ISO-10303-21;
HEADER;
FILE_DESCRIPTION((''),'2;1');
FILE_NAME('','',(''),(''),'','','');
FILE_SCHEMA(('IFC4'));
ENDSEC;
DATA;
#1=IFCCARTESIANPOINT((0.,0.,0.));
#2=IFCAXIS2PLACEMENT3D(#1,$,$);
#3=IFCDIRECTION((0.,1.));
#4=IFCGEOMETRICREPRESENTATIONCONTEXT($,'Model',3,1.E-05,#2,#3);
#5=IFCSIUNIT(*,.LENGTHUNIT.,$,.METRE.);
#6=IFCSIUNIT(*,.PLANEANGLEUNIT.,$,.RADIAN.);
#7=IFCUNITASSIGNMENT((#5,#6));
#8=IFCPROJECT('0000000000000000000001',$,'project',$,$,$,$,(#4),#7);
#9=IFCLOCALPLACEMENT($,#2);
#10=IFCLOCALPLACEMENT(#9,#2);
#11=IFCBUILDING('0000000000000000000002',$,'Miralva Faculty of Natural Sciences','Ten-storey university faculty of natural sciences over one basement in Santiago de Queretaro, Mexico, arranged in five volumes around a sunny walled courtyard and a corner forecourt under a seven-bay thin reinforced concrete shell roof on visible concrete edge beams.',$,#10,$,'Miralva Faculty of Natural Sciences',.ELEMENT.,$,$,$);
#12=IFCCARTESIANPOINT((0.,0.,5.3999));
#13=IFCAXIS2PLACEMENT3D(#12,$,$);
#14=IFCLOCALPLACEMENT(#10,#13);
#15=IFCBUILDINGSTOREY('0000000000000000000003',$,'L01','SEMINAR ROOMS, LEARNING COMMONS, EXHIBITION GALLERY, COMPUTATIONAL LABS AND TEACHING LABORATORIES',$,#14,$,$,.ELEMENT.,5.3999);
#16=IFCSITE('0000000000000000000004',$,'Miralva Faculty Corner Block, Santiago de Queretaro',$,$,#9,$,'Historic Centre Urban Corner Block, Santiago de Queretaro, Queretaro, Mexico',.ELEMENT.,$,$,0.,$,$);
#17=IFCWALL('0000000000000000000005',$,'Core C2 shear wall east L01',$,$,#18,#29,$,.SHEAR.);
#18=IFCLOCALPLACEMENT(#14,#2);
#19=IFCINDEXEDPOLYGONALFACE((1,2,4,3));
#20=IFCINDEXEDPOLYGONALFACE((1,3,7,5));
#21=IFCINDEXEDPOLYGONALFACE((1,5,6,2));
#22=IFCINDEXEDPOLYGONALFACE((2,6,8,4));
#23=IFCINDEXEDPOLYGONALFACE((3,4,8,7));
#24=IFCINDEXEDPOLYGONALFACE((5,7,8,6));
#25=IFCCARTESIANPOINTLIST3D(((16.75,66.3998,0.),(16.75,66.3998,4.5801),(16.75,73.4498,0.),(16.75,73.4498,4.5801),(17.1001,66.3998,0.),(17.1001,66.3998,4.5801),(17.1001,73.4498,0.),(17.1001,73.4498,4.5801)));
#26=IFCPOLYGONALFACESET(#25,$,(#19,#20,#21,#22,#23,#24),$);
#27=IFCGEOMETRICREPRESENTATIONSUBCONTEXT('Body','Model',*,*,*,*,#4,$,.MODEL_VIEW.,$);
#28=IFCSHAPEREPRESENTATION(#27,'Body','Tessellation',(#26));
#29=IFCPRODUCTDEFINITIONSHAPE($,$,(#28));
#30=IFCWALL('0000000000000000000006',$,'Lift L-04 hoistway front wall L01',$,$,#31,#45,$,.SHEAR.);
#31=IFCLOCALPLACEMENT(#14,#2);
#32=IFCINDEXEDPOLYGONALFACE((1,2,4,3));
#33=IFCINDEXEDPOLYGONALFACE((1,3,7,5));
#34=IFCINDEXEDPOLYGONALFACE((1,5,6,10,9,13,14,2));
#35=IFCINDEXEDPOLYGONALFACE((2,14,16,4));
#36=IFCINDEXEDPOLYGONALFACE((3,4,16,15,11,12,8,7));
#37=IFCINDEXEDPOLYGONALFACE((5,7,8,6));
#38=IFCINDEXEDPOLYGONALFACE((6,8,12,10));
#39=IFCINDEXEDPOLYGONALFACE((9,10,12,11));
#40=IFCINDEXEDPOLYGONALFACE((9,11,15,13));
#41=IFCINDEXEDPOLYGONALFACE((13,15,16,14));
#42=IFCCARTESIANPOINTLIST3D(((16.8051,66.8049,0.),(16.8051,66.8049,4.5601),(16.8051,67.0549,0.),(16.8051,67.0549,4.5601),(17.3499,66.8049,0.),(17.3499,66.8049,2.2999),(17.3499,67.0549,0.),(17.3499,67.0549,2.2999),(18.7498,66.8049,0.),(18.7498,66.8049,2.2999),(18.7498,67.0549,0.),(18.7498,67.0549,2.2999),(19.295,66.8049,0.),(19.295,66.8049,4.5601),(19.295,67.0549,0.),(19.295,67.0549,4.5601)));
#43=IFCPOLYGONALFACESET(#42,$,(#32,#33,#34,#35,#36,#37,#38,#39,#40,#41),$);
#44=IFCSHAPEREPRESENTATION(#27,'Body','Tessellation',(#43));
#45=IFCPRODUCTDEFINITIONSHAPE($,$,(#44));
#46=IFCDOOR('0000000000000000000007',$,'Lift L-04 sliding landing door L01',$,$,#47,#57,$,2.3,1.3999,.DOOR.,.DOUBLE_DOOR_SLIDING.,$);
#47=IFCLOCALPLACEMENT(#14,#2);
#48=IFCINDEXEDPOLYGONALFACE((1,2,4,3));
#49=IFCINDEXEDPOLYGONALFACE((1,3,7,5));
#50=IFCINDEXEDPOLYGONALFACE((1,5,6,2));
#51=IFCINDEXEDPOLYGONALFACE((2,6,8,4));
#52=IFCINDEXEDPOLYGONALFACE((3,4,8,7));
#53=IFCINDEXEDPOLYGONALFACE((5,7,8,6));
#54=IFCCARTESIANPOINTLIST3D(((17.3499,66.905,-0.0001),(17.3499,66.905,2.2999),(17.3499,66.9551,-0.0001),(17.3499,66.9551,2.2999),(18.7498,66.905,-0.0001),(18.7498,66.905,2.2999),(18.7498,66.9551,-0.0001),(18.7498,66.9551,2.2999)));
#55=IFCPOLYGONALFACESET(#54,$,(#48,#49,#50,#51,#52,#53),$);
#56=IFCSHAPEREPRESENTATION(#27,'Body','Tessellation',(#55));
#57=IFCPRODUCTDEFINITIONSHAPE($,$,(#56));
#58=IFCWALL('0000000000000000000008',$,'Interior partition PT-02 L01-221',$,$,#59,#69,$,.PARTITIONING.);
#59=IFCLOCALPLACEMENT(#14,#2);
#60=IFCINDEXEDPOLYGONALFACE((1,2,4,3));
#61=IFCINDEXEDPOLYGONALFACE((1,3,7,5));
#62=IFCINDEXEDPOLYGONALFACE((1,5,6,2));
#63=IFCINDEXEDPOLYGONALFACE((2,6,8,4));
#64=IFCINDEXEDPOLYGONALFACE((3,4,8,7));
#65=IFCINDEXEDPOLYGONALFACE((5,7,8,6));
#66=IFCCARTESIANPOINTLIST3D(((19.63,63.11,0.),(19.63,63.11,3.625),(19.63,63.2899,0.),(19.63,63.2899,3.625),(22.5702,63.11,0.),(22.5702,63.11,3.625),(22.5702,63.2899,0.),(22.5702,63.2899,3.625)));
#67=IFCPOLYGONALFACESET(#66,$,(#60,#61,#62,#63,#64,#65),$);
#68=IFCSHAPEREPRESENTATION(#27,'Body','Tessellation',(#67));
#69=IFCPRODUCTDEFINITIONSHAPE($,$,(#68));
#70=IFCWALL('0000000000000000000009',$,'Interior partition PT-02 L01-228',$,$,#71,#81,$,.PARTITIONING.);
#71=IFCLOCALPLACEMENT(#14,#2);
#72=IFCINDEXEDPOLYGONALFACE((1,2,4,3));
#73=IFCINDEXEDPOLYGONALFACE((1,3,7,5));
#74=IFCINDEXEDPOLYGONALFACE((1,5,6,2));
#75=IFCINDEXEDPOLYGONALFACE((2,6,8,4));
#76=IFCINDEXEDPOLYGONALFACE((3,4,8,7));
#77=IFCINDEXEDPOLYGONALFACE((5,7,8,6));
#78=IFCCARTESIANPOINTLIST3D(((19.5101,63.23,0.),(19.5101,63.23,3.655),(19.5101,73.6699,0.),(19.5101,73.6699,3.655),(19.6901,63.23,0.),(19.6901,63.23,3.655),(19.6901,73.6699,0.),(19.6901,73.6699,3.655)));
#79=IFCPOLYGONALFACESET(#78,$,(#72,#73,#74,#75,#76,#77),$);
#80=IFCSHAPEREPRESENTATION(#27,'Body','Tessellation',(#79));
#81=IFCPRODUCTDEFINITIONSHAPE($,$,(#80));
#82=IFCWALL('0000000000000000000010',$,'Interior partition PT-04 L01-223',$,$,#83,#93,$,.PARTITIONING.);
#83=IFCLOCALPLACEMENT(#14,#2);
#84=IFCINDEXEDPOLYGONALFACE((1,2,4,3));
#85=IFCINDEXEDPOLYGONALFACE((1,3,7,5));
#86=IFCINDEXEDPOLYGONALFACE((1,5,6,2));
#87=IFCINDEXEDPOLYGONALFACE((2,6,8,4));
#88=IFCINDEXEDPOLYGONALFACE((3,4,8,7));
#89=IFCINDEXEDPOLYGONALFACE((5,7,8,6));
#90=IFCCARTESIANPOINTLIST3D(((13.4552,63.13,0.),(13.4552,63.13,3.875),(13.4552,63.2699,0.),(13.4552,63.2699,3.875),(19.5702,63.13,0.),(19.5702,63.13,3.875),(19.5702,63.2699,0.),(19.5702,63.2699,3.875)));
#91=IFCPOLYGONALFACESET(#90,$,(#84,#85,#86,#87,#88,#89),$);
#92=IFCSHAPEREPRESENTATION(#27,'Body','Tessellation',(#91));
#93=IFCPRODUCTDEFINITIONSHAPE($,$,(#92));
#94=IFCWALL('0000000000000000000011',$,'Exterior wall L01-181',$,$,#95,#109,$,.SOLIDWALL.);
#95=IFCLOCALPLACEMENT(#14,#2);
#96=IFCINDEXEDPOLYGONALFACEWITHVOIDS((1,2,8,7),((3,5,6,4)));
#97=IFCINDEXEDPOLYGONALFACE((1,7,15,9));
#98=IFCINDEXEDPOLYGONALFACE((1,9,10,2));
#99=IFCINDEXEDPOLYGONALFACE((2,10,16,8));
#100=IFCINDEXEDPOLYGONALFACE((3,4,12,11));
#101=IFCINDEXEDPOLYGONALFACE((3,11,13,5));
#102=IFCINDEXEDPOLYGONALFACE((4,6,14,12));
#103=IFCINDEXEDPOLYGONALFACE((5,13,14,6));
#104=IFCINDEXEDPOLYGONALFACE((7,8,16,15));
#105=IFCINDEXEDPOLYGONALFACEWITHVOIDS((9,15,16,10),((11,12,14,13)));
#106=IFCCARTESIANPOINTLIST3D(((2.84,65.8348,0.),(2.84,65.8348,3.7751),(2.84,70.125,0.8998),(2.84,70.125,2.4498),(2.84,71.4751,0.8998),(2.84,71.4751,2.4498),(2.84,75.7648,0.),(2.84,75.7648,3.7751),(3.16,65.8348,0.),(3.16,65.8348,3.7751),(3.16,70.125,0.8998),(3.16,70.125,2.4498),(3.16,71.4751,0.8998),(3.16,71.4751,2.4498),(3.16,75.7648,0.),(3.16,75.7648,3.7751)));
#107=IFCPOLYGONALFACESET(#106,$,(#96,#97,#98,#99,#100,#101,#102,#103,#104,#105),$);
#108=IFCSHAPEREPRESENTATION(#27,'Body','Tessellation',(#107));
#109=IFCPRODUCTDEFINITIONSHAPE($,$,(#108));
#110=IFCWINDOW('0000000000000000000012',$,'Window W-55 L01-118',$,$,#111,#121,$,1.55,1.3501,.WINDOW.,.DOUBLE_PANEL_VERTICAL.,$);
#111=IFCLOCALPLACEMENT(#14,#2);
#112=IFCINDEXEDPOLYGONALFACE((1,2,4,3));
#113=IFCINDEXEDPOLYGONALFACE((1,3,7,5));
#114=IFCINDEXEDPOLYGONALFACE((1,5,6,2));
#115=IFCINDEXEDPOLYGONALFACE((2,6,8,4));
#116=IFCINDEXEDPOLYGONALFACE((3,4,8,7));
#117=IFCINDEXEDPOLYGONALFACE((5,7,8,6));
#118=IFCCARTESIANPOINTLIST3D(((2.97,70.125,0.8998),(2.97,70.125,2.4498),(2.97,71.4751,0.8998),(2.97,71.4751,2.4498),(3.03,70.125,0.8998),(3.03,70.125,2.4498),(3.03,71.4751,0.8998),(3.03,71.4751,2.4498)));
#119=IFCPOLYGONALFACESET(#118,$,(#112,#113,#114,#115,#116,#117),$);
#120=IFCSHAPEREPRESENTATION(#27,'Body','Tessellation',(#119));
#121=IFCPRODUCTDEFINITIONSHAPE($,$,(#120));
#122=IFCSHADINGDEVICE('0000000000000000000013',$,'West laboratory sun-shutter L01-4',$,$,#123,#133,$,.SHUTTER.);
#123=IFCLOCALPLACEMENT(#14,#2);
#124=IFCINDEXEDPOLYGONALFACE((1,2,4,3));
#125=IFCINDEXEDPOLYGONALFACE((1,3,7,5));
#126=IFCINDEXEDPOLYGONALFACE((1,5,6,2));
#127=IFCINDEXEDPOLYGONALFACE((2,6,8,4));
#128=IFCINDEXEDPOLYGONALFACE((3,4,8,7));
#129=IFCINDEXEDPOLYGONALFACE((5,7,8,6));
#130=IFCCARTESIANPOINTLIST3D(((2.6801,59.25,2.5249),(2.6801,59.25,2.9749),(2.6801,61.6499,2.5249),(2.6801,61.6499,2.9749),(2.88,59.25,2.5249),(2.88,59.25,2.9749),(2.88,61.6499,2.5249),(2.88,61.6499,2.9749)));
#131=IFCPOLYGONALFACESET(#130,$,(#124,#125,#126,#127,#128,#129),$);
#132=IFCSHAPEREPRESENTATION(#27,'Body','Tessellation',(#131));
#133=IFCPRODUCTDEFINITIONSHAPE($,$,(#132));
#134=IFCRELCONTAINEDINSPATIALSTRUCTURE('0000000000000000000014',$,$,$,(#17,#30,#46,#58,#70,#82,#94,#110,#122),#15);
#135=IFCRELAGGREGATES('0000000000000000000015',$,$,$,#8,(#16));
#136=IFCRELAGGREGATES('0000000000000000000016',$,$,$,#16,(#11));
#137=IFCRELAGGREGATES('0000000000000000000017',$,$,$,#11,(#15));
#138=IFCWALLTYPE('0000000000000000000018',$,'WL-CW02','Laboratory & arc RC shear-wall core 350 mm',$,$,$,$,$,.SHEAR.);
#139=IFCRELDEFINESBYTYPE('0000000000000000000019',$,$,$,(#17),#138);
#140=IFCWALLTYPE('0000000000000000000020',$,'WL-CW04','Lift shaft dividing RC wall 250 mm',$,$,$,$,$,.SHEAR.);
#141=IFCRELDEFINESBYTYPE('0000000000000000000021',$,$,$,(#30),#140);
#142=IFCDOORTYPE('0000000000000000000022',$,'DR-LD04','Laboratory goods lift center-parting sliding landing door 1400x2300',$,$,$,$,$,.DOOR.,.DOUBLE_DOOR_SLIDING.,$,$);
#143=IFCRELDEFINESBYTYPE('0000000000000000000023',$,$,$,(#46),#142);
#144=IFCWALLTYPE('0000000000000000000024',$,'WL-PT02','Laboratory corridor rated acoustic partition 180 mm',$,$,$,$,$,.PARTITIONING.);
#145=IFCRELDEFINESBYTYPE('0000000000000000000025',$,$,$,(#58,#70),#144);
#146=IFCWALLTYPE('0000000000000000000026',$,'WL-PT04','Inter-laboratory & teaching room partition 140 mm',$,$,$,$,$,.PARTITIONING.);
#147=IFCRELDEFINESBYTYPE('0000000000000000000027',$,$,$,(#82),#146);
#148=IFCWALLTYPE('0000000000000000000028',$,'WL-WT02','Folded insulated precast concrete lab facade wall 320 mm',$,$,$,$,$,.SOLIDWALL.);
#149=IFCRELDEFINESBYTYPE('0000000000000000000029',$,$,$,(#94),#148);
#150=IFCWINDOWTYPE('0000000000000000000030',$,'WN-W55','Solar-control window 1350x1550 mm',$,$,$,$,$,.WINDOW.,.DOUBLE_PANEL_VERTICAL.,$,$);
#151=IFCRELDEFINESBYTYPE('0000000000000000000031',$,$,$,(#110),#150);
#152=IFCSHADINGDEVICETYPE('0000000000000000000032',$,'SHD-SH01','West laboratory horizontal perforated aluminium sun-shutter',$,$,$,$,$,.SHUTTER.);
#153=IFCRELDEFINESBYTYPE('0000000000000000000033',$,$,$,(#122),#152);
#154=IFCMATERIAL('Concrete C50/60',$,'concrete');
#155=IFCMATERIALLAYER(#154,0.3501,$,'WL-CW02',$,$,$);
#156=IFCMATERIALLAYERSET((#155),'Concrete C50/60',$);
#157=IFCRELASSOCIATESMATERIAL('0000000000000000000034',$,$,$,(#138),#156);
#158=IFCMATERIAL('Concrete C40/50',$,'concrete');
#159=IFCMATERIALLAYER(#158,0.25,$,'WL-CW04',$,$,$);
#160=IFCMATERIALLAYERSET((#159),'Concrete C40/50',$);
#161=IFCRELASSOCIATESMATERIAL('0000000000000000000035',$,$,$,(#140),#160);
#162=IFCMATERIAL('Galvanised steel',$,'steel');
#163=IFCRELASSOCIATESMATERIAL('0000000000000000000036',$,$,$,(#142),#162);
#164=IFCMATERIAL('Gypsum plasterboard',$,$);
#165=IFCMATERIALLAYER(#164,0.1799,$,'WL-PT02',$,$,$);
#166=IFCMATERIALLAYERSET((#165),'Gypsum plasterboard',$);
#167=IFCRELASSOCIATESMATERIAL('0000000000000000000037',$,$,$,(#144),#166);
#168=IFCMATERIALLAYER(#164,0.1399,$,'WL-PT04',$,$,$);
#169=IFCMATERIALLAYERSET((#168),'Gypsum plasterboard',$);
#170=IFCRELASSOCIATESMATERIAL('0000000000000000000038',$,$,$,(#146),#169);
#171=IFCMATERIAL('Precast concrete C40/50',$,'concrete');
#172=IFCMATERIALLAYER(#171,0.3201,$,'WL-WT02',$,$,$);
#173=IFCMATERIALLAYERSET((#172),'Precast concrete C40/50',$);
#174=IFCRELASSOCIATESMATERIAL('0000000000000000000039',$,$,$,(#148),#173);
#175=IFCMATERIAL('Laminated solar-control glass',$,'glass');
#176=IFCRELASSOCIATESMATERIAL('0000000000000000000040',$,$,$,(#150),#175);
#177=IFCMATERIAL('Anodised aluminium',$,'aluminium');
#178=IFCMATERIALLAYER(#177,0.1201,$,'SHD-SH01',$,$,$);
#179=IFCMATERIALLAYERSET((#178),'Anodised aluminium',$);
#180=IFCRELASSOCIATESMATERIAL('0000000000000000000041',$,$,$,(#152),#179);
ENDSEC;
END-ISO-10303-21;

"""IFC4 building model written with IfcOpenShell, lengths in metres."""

from ifc_helpers import new_model, si_unit, direction, frame, frame_2d, origin, origin_2d, place, context, subcontext, project, spatial, rectangle, extrude, material, layer, layer_set, type_object, element, fill, save


model = new_model("IFC4")

# Units and contexts
model_context = context("Model", 3, precision=1e-05, world=origin(), true_north=direction((0.0, 1.0)))
body_context = subcontext(model_context, "Body", "Model", "MODEL_VIEW")
ifc_project = project(units=[si_unit("LENGTHUNIT", "METRE"), si_unit("PLANEANGLEUNIT", "RADIAN")], contexts=[model_context])

# Site, building, storey
site_placement = place(None, origin())
site = spatial("IfcSite", under=ifc_project, at=site_placement, Name="Miralva Faculty Corner Block, Santiago de Queretaro", LongName="Historic Centre Urban Corner Block, Santiago de Queretaro, Queretaro, Mexico", CompositionType="ELEMENT", RefElevation=0.0)
building_placement = place(site_placement, origin())
building = spatial("IfcBuilding", under=site, at=building_placement, Name="Miralva Faculty of Natural Sciences", Description="Ten-storey university faculty of natural sciences over one basement in Santiago de Queretaro, Mexico, arranged in five volumes around a sunny walled courtyard and a corner forecourt under a seven-bay thin reinforced concrete shell roof on visible concrete edge beams.", LongName="Miralva Faculty of Natural Sciences", CompositionType="ELEMENT")
storey_placement = place(building_placement, frame((0.0, 0.0, 5.3999)))
storey = spatial("IfcBuildingStorey", under=building, at=storey_placement, Name="L01", Description="SEMINAR ROOMS, LEARNING COMMONS, EXHIBITION GALLERY, COMPUTATIONAL LABS AND TEACHING LABORATORIES", CompositionType="ELEMENT", Elevation=5.3999)

# Shared definitions
ifc_material_1 = material(Name="Concrete C50/60", Category="concrete")

# Shared definitions
ifc_material_2 = material(Name="Concrete C40/50", Category="concrete")

# Shared definitions
ifc_layer_1 = layer(ifc_material_1, 0.3501, Name="WL-CW02")
ifc_layer_set_1 = layer_set([ifc_layer_1], Name="Concrete C50/60")
wall_type_1 = type_object("IfcWallType", Name="WL-CW02", Description="Laboratory & arc RC shear-wall core 350 mm", PredefinedType="SHEAR", material=ifc_layer_set_1)
ifc_material_3 = material(Name="Galvanised steel", Category="steel")

# Wall
for number, where, z_axis, x_axis, name in (
    (1, (16.925, 66.3999, 0.0), (0.0, 0.0, 1.0), (0.0, 1.0, 0.0), "Core C2 shear wall east L01"),
):
    element("IfcWall", number, at=place(storey_placement, frame(where, z_axis=z_axis, x_axis=x_axis)), inside=storey, type_object=wall_type_1, Name=name, PredefinedType="SHEAR", context=body_context, shape_type="SweptSolid", body=[
        extrude(rectangle(XDim=7.05, YDim=0.3501, at=frame_2d((3.5249, 0.0))), origin(), (0.0, 0.0, 1.0), 4.5801),
    ])

# Wall, opening, door
ifc_layer_2 = layer(ifc_material_2, 0.25, Name="WL-CW04")
ifc_layer_set_2 = layer_set([ifc_layer_2], Name="Concrete C40/50")
wall_type_2 = type_object("IfcWallType", Name="WL-CW04", Description="Lift shaft dividing RC wall 250 mm", PredefinedType="SHEAR", material=ifc_layer_set_2)
wall_1_placement = place(storey_placement, frame((16.8049, 66.9299, 0.0), z_axis=(0.0, 0.0, 1.0), x_axis=(1.0, 0.0, 0.0)))
wall_1 = element("IfcWall", 2, at=wall_1_placement, inside=storey, type_object=wall_type_2, Name="Lift L-04 hoistway front wall L01", PredefinedType="SHEAR", context=body_context, shape_type="SweptSolid", body=[
    extrude(rectangle(XDim=2.49, YDim=0.25, at=frame_2d((1.2451, 0.0))), origin(), (0.0, 0.0, 1.0), 4.5601),
])
opening_1_placement = place(wall_1_placement, frame((0.5449, 0.0, 0.0)))
opening_1 = element("IfcOpeningElement", 3, at=opening_1_placement, cuts=wall_1, PredefinedType="OPENING", context=body_context, shape_type="SweptSolid", body=[
    extrude(rectangle(XDim=1.3999, YDim=2.3, at=frame_2d((0.7, 1.1499))), frame((0.0, 0.135, 0.0), z_axis=(0.0, -1.0, 0.0), x_axis=(1.0, 0.0, 0.0)), (0.0, 0.0, 1.0), 0.27),
])
door_type_1 = type_object("IfcDoorType", Name="DR-LD04", Description="Laboratory goods lift center-parting sliding landing door 1400x2300", OperationType="DOUBLE_DOOR_SLIDING", PredefinedType="DOOR", material=ifc_material_3)
door_1_placement = place(opening_1_placement, frame((1.3999, 0.0, 0.0), z_axis=(0.0, 0.0, 1.0), x_axis=(-1.0, 0.0, 0.0)))
door_1 = element("IfcDoor", 4, at=door_1_placement, inside=storey, type_object=door_type_1, Name="Lift L-04 sliding landing door L01", OperationType="DOUBLE_DOOR_SLIDING", OverallHeight=2.3, OverallWidth=1.3999, PredefinedType="DOOR", context=body_context, shape_type="SweptSolid", body=[
    extrude(rectangle(XDim=1.3999, YDim=2.3, at=frame_2d((0.7, 1.1499))), frame((0.0, 0.0249, 0.0), z_axis=(0.0, -1.0, 0.0), x_axis=(1.0, 0.0, 0.0)), (0.0, 0.0, 1.0), 0.05),
])
fill(opening_1, door_1)

# Walls
ifc_material_4 = material(Name="Gypsum plasterboard")
ifc_layer_3 = layer(ifc_material_4, 0.1799, Name="WL-PT02")
ifc_layer_set_3 = layer_set([ifc_layer_3], Name="Gypsum plasterboard")
wall_type_3 = type_object("IfcWallType", Name="WL-PT02", Description="Laboratory corridor rated acoustic partition 180 mm", PredefinedType="PARTITIONING", material=ifc_layer_set_3)
wall_2_placement = place(storey_placement, frame((19.6299, 63.2, 0.0), z_axis=(0.0, 0.0, 1.0), x_axis=(1.0, 0.0, 0.0)))
element("IfcWall", 5, at=wall_2_placement, inside=storey, type_object=wall_type_3, Name="Interior partition PT-02 L01-221", PredefinedType="PARTITIONING", context=body_context, shape_type="SweptSolid", body=[
    extrude(rectangle(XDim=2.9402, YDim=0.1799, at=frame_2d((1.4702, 0.0))), origin(), (0.0, 0.0, 1.0), 3.625),
])
wall_3_placement = place(storey_placement, frame((19.6001, 63.23, 0.0), z_axis=(0.0, 0.0, 1.0), x_axis=(0.0, 1.0, 0.0)))
element("IfcWall", 6, at=wall_3_placement, inside=storey, type_object=wall_type_3, Name="Interior partition PT-02 L01-228", PredefinedType="PARTITIONING", context=body_context, shape_type="SweptSolid", body=[
    extrude(rectangle(XDim=10.4399, YDim=0.1799, at=frame_2d((5.22, 0.0))), origin(), (0.0, 0.0, 1.0), 3.655),
])
ifc_layer_4 = layer(ifc_material_4, 0.1399, Name="WL-PT04")
ifc_layer_set_4 = layer_set([ifc_layer_4], Name="Gypsum plasterboard")
wall_type_4 = type_object("IfcWallType", Name="WL-PT04", Description="Inter-laboratory & teaching room partition 140 mm", PredefinedType="PARTITIONING", material=ifc_layer_set_4)
wall_4_placement = place(storey_placement, frame((13.4551, 63.2, 0.0), z_axis=(0.0, 0.0, 1.0), x_axis=(1.0, 0.0, 0.0)))
element("IfcWall", 7, at=wall_4_placement, inside=storey, type_object=wall_type_4, Name="Interior partition PT-04 L01-223", PredefinedType="PARTITIONING", context=body_context, shape_type="SweptSolid", body=[
    extrude(rectangle(XDim=6.115, YDim=0.1399, at=frame_2d((3.0576, 0.0))), origin(), (0.0, 0.0, 1.0), 3.875),
])

# Wall, opening, window
ifc_material_5 = material(Name="Precast concrete C40/50", Category="concrete")
ifc_layer_5 = layer(ifc_material_5, 0.3201, Name="WL-WT02")
ifc_layer_set_5 = layer_set([ifc_layer_5], Name="Precast concrete C40/50")
wall_type_5 = type_object("IfcWallType", Name="WL-WT02", Description="Folded insulated precast concrete lab facade wall 320 mm", PredefinedType="SOLIDWALL", material=ifc_layer_set_5)
wall_5_placement = place(storey_placement, frame((3.0, 65.835, 0.0), z_axis=(0.0, 0.0, 1.0), x_axis=(0.0, 1.0, 0.0)))
wall_5 = element("IfcWall", 8, at=wall_5_placement, inside=storey, type_object=wall_type_5, Name="Exterior wall L01-181", PredefinedType="SOLIDWALL", context=body_context, shape_type="SweptSolid", body=[
    extrude(rectangle(XDim=9.9299, YDim=0.3201, at=frame_2d((4.9648, 0.0))), origin(), (0.0, 0.0, 1.0), 3.7751),
])
opening_2_placement = place(wall_5_placement, frame((4.29, 0.0, 0.8999)))
opening_2 = element("IfcOpeningElement", 9, at=opening_2_placement, cuts=wall_5, PredefinedType="OPENING", context=body_context, shape_type="SweptSolid", body=[
    extrude(rectangle(XDim=1.3501, YDim=1.55, at=frame_2d((0.675, 0.7749))), frame((0.0, 0.1699, 0.0), z_axis=(0.0, -1.0, 0.0), x_axis=(1.0, 0.0, 0.0)), (0.0, 0.0, 1.0), 0.3401),
])
ifc_material_6 = material(Name="Laminated solar-control glass", Category="glass")
window_type = type_object("IfcWindowType", Name="WN-W55", Description="Solar-control window 1350x1550 mm", PartitioningType="DOUBLE_PANEL_VERTICAL", PredefinedType="WINDOW", material=ifc_material_6)
window_placement = place(opening_2_placement, origin())
window = element("IfcWindow", 10, at=window_placement, inside=storey, type_object=window_type, Name="Window W-55 L01-118", OverallHeight=1.55, OverallWidth=1.3501, PartitioningType="DOUBLE_PANEL_VERTICAL", PredefinedType="WINDOW", context=body_context, shape_type="SweptSolid", body=[
    extrude(rectangle(XDim=1.3501, YDim=1.55, at=frame_2d((0.675, 0.7749))), frame((0.0, 0.03, 0.0), z_axis=(0.0, -1.0, 0.0), x_axis=(1.0, 0.0, 0.0)), (0.0, 0.0, 1.0), 0.0601),
])
fill(opening_2, window)

# Shading device
ifc_material_7 = material(Name="Anodised aluminium", Category="aluminium")
ifc_layer_6 = layer(ifc_material_7, 0.1201, Name="SHD-SH01")
ifc_layer_set_6 = layer_set([ifc_layer_6], Name="Anodised aluminium")
shading_device_type = type_object("IfcShadingDeviceType", Name="SHD-SH01", Description="West laboratory horizontal perforated aluminium sun-shutter", PredefinedType="SHUTTER", material=ifc_layer_set_6)
shading_device_placement = place(storey_placement, frame((2.78, 60.45, 2.5249), z_axis=(0.0, 0.0, 1.0), x_axis=(1.0, 0.0, 0.0)))
element("IfcShadingDevice", 11, at=shading_device_placement, inside=storey, type_object=shading_device_type, Name="West laboratory sun-shutter L01-4", PredefinedType="SHUTTER", context=body_context, shape_type="SweptSolid", body=[
    extrude(rectangle(XDim=0.2, YDim=2.3999, at=origin_2d()), origin(), (0.0, 0.0, 1.0), 0.45),
])

save(model, "model.ifc")
